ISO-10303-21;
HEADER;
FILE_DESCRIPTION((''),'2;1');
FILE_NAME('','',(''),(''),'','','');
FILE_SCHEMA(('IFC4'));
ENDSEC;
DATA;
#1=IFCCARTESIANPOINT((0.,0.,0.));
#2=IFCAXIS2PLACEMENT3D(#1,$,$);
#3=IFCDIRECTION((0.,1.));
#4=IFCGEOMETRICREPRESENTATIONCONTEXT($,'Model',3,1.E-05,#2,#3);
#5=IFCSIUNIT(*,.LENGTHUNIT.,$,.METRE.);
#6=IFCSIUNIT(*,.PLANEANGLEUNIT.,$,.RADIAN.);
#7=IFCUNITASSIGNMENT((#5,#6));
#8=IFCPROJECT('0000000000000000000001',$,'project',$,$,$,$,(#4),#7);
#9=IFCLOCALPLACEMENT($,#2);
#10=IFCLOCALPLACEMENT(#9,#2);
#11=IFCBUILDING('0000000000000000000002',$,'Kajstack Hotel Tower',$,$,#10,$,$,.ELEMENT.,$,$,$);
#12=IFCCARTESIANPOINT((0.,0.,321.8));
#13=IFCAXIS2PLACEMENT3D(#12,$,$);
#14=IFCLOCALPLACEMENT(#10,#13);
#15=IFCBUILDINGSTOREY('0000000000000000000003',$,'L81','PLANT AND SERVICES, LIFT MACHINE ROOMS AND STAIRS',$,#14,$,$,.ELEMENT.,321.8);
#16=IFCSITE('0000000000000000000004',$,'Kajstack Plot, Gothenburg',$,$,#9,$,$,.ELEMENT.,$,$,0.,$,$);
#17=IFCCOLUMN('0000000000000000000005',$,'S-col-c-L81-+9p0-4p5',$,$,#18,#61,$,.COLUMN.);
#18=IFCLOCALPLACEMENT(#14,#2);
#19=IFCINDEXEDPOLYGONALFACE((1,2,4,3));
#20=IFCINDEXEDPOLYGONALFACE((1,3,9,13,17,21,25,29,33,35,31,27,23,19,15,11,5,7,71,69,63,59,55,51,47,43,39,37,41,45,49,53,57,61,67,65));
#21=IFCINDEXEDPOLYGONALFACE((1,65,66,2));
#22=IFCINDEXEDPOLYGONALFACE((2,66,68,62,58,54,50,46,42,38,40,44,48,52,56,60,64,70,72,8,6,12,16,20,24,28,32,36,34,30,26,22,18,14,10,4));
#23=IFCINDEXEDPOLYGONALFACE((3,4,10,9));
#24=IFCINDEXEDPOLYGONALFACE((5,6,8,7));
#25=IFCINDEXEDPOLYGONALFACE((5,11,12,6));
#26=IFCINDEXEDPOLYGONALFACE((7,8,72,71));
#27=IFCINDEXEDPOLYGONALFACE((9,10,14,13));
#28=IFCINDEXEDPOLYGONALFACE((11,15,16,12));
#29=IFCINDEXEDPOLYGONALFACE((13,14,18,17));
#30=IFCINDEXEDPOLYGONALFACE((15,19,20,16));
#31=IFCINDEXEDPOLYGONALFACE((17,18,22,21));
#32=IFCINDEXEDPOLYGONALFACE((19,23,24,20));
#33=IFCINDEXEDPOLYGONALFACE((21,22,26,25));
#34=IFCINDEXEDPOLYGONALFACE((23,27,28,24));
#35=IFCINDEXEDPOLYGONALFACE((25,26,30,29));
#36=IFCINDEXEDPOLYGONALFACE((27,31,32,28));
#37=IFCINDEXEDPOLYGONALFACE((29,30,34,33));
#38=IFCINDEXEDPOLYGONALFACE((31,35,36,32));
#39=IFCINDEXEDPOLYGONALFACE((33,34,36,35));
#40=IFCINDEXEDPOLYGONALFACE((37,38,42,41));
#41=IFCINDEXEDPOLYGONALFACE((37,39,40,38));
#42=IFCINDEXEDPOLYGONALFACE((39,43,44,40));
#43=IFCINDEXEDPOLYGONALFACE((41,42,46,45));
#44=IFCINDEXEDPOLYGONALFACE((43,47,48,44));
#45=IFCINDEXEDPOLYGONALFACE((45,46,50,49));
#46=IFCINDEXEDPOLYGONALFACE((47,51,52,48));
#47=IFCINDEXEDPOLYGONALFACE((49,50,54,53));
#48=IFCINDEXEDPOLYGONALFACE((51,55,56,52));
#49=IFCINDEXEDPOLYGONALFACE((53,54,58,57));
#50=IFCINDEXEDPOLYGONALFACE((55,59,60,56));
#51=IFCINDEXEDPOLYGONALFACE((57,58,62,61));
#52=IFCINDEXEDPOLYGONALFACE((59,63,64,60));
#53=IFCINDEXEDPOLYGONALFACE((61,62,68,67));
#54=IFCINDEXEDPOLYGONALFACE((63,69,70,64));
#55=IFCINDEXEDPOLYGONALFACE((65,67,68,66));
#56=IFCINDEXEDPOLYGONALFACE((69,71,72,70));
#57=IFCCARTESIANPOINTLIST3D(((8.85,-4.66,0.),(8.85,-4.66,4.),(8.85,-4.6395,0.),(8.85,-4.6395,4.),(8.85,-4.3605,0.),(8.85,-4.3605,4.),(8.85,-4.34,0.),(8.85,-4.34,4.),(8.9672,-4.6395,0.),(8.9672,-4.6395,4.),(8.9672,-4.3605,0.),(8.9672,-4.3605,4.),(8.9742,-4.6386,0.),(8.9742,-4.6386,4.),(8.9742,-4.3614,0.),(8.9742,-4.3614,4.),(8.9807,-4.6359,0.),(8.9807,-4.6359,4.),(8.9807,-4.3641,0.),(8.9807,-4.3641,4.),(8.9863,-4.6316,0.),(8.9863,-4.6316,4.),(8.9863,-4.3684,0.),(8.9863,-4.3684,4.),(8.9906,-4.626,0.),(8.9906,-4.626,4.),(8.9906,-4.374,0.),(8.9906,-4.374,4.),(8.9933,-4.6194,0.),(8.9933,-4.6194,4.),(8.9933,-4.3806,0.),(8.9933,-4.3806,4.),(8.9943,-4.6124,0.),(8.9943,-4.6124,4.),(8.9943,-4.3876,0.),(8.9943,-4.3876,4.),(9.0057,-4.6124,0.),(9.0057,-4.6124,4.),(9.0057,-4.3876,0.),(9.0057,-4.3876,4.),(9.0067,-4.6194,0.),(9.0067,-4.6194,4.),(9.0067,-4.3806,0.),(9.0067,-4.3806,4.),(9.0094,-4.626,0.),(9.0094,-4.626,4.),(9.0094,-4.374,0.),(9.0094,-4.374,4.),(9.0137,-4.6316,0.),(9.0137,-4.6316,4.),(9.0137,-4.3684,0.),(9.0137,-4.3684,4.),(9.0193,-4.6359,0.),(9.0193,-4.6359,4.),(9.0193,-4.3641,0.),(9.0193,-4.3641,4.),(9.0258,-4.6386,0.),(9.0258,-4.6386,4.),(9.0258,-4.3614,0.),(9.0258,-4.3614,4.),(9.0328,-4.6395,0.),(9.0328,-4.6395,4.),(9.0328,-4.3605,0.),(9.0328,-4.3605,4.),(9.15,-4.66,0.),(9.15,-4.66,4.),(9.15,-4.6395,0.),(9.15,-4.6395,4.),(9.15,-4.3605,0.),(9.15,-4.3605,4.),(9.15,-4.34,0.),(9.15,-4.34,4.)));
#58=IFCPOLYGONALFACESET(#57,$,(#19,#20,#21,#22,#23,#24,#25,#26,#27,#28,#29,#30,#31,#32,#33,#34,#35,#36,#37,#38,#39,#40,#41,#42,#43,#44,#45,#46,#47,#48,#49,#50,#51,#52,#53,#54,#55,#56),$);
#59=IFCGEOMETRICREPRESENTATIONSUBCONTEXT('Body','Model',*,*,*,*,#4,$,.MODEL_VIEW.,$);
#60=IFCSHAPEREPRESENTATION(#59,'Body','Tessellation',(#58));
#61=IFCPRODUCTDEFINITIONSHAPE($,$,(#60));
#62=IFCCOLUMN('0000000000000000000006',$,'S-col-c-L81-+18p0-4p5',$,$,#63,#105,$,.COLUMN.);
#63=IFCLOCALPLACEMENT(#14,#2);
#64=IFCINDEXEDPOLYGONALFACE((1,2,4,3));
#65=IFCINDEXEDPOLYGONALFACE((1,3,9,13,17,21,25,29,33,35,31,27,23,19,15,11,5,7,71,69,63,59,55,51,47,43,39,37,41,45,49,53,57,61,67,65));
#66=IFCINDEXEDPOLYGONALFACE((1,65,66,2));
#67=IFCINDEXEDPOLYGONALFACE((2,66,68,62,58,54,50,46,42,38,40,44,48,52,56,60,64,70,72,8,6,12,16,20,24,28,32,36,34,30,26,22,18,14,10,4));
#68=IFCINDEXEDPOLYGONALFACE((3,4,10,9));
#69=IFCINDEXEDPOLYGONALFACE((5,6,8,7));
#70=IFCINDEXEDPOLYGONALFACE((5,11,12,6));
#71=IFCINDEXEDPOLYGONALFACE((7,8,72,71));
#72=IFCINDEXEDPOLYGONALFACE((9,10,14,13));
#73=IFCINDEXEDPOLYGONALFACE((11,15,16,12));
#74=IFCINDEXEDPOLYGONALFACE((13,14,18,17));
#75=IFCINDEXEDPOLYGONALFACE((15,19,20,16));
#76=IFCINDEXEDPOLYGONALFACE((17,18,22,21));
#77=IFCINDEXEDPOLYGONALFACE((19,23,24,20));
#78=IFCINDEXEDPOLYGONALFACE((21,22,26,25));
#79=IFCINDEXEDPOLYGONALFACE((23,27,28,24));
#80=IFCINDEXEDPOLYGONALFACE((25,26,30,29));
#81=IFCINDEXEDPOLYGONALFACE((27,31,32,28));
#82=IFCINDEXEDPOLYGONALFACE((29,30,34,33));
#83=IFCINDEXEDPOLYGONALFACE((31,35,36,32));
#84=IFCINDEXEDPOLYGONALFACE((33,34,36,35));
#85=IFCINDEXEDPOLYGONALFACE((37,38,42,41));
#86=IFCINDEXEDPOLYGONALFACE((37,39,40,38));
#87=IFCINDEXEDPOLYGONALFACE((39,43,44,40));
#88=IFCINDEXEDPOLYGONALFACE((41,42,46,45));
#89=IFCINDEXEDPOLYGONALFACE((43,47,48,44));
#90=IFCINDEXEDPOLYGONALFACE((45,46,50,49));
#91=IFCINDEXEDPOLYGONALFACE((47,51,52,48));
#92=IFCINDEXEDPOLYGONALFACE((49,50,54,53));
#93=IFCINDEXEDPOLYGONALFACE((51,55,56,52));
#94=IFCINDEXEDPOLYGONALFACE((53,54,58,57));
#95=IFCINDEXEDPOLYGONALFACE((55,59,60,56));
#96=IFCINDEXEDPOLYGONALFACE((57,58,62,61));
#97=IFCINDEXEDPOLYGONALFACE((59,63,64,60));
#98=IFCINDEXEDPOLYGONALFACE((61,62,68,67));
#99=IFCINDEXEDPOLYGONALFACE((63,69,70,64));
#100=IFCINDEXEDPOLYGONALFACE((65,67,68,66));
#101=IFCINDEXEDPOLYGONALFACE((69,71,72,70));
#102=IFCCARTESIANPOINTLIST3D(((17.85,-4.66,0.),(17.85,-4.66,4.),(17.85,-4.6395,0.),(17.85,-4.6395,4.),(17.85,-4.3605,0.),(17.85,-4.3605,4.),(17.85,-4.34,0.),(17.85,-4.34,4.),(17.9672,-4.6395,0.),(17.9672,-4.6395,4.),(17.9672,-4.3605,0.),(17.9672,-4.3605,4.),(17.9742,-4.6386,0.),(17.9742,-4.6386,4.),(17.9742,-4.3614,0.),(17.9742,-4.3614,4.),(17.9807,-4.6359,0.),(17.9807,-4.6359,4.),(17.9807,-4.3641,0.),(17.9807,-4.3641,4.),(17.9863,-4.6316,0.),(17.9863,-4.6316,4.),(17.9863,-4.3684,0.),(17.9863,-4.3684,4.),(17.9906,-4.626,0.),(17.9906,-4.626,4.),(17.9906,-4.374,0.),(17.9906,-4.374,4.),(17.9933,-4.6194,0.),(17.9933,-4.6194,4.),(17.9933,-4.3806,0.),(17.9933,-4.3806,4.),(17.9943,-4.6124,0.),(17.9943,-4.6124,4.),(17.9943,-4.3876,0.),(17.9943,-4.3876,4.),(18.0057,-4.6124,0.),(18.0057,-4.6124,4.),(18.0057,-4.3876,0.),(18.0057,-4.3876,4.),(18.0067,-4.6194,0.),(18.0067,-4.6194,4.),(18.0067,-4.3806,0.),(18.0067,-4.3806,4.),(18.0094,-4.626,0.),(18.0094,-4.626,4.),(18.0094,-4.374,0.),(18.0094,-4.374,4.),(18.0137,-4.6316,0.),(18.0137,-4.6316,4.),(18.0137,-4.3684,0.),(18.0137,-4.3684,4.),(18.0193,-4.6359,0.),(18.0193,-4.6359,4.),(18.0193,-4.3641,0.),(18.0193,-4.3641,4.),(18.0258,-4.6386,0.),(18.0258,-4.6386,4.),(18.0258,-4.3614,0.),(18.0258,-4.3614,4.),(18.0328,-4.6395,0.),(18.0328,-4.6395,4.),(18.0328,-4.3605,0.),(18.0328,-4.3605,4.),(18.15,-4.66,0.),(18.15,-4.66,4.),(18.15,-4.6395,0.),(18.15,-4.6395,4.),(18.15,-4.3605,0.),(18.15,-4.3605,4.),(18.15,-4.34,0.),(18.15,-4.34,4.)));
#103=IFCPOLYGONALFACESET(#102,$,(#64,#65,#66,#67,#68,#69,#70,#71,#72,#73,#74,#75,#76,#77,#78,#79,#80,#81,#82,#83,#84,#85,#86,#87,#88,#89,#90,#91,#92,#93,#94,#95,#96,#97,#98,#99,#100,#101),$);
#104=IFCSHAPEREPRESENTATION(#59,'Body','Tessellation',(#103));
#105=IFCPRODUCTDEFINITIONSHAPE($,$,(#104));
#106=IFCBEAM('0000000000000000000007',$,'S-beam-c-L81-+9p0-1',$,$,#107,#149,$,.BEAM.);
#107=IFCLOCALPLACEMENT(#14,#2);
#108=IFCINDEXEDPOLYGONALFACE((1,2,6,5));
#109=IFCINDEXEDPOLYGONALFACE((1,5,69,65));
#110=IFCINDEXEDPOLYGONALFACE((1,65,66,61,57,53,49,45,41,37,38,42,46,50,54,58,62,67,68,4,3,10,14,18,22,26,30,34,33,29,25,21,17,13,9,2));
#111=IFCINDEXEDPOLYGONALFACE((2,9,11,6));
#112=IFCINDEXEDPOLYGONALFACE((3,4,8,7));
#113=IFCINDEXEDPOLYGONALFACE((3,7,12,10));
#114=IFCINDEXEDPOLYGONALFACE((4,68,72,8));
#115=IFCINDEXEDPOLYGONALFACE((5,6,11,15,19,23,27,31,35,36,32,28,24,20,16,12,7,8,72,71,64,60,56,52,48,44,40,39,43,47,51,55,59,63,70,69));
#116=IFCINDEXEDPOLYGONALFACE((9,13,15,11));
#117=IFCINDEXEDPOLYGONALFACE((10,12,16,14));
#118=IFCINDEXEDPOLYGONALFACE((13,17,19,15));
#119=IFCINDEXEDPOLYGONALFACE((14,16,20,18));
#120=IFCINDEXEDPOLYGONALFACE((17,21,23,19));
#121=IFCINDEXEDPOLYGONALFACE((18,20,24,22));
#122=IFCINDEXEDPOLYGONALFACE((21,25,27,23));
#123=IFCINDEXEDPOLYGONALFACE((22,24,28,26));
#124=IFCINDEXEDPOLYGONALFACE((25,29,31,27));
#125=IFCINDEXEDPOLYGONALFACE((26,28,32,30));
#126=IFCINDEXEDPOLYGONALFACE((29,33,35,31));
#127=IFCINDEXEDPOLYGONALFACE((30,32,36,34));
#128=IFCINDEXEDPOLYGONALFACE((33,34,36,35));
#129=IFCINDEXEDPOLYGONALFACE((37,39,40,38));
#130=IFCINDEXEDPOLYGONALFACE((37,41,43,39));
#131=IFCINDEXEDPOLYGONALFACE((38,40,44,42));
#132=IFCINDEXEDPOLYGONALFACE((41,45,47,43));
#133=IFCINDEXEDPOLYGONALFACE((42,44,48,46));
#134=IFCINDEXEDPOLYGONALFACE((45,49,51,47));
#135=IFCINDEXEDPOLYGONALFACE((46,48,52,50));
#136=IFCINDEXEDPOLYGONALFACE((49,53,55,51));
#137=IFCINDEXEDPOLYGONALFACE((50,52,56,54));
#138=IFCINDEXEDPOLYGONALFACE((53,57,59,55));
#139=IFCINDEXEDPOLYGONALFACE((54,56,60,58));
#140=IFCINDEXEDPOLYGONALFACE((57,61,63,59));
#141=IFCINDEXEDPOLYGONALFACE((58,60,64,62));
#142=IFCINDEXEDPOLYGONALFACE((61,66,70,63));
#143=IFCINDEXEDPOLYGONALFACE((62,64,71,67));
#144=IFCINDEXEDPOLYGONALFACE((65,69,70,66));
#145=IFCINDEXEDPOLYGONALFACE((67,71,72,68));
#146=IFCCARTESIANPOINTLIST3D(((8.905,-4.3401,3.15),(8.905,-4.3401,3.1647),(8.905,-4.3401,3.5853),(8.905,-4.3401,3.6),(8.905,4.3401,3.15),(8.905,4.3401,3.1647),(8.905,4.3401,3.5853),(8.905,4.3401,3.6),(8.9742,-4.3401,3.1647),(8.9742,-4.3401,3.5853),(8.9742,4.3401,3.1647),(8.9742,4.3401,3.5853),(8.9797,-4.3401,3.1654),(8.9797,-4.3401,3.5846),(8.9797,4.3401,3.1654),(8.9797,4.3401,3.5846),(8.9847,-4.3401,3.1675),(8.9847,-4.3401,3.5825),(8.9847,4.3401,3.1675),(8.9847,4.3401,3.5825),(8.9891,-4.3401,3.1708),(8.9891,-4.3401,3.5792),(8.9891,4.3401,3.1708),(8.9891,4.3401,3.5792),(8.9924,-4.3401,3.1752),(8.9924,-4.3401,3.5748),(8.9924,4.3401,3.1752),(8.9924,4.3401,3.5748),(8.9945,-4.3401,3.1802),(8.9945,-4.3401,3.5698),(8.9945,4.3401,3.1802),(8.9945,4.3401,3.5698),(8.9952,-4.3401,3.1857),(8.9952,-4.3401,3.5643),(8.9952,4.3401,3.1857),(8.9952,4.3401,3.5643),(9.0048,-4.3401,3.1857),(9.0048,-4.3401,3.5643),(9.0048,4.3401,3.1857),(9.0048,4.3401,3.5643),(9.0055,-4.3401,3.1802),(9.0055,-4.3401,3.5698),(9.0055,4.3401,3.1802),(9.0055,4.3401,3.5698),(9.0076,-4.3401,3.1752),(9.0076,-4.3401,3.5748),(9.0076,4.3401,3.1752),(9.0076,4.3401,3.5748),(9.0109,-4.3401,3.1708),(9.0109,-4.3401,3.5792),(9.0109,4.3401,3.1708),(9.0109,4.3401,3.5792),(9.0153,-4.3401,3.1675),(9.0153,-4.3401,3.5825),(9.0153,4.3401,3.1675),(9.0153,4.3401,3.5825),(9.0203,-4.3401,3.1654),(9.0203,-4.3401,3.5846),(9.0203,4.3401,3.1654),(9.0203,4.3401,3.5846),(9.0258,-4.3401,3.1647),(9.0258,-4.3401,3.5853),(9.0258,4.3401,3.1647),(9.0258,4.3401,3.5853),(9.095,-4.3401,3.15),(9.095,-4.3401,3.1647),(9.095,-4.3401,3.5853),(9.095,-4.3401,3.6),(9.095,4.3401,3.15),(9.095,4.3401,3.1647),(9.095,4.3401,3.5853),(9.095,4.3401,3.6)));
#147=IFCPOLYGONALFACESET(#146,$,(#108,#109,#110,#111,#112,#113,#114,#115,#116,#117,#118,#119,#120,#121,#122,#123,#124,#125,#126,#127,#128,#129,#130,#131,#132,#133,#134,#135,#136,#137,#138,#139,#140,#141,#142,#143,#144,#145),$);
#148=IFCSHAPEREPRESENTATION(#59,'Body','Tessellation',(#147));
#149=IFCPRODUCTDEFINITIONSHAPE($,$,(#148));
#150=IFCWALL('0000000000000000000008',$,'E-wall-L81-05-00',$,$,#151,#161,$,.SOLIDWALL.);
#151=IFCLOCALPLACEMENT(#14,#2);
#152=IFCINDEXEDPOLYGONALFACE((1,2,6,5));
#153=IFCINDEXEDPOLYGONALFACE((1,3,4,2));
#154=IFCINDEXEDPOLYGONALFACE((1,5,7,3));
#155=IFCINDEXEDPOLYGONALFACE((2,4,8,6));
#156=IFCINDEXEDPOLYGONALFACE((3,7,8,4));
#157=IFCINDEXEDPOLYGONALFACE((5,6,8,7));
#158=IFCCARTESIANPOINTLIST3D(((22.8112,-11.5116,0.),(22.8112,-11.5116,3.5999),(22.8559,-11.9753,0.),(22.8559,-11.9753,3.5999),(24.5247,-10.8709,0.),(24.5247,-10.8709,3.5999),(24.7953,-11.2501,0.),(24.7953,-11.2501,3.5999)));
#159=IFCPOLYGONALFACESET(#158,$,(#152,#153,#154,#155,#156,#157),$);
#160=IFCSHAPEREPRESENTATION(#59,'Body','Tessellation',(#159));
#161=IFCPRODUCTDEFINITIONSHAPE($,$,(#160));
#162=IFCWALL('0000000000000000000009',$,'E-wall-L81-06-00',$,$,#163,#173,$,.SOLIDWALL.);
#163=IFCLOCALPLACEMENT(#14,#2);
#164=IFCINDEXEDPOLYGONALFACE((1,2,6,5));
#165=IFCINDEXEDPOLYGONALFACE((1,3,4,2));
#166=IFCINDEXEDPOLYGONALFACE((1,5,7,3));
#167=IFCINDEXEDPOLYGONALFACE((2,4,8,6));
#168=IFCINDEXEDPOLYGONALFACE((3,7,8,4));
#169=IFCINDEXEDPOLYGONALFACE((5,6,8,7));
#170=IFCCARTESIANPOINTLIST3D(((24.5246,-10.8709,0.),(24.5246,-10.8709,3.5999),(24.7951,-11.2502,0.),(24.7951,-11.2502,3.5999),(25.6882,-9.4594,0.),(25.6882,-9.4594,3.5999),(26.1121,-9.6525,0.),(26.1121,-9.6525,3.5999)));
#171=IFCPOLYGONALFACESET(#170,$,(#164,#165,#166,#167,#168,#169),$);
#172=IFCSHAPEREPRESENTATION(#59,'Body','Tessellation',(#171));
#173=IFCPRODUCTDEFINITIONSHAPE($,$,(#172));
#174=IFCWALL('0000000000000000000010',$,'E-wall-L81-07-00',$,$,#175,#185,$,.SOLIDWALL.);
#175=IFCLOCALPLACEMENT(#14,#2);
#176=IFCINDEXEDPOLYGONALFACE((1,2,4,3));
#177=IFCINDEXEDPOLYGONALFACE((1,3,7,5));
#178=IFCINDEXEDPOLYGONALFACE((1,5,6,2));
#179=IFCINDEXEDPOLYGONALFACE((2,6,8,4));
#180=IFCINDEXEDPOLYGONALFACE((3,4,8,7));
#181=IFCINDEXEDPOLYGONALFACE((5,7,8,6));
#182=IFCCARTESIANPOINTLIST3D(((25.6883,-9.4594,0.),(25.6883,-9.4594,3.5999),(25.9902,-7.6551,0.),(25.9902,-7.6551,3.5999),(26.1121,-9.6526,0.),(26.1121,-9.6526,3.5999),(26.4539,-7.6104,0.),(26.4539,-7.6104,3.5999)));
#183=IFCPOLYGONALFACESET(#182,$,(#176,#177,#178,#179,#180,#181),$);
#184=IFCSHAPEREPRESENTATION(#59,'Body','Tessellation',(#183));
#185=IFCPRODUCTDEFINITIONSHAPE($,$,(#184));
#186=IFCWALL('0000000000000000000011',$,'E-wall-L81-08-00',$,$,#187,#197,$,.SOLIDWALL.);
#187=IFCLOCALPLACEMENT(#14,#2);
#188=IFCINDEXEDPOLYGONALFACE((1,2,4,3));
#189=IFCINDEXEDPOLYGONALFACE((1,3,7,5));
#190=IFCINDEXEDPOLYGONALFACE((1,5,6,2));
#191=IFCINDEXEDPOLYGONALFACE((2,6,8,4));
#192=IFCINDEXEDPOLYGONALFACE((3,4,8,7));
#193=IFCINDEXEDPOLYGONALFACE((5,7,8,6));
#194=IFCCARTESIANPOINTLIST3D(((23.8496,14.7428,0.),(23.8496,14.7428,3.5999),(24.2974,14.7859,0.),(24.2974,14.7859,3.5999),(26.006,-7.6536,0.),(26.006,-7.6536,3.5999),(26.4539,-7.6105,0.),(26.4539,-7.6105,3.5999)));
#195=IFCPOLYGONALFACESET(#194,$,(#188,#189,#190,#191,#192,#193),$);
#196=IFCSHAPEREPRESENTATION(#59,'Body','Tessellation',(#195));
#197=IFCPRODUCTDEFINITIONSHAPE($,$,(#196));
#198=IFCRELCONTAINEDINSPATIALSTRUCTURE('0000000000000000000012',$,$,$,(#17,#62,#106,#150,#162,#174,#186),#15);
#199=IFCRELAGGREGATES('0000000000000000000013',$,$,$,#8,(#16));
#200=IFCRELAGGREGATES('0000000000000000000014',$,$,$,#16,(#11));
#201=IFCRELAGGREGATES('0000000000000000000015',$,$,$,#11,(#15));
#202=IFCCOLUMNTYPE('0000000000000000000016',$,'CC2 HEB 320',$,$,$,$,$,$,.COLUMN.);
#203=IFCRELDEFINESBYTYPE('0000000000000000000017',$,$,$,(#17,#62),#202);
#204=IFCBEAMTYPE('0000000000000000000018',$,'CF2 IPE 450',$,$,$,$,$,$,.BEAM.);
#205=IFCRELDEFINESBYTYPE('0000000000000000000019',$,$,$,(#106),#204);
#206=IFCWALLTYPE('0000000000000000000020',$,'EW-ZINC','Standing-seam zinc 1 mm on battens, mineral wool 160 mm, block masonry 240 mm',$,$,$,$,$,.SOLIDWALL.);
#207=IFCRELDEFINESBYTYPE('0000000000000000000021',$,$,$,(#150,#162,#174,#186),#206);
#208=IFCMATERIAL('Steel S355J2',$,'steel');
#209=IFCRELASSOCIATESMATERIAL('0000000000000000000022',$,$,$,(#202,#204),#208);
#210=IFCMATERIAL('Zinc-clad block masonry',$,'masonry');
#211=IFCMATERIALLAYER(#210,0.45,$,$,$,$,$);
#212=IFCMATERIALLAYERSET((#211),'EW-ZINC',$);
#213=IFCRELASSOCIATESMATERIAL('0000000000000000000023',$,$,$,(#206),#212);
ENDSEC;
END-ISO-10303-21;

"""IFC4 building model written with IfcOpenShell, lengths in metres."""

from ifc_helpers import new_model, si_unit, direction, frame, frame_2d, origin, origin_2d, place, context, subcontext, project, spatial, polyline, rectangle, i_section, outline, extrude, material, layer, layer_set, material_profile, profile_set, type_object, element, save


model = new_model("IFC4")

# Units and contexts
model_context = context("Model", 3, precision=1e-05, world=origin(), true_north=direction((0.0, 1.0)))
body_context = subcontext(model_context, "Body", "Model", "MODEL_VIEW")
ifc_project = project(units=[si_unit("LENGTHUNIT", "METRE"), si_unit("PLANEANGLEUNIT", "RADIAN")], contexts=[model_context])

# Site, building, storey
site_placement = place(None, origin())
site = spatial("IfcSite", under=ifc_project, at=site_placement, Name="Kajstack Plot, Gothenburg", CompositionType="ELEMENT", RefElevation=0.0)
building_placement = place(site_placement, origin())
building = spatial("IfcBuilding", under=site, at=building_placement, Name="Kajstack Hotel Tower", CompositionType="ELEMENT")
storey_placement = place(building_placement, frame((0.0, 0.0, 321.8)))
storey = spatial("IfcBuildingStorey", under=building, at=storey_placement, Name="L81", Description="PLANT AND SERVICES, LIFT MACHINE ROOMS AND STAIRS", CompositionType="ELEMENT", Elevation=321.8)

# Columns
ifc_material_1 = material(Name="Steel S355J2", Category="steel")
ifc_material_profile_1 = material_profile(ifc_material_1, i_section(OverallWidth=0.3, OverallDepth=0.3201, WebThickness=0.0115, FlangeThickness=0.0205, FilletRadius=0.0271, at=origin_2d()), Name="HEB 320")
ifc_profile_set_1 = profile_set([ifc_material_profile_1], Name="Steel S355J2")
column_type = type_object("IfcColumnType", Name="CC2 HEB 320", PredefinedType="COLUMN", material=ifc_profile_set_1)
for number, where, z_axis, x_axis, name in (
    (1, (9.0, -4.5, 0.0), (0.0, 0.0, 1.0), (1.0, 0.0, 0.0), "S-col-c-L81-+9p0-4p5"),
    (2, (18.0, -4.5, 0.0), (0.0, 0.0, 1.0), (1.0, 0.0, 0.0), "S-col-c-L81-+18p0-4p5"),
):
    element("IfcColumn", number, at=place(storey_placement, frame(where, z_axis=z_axis, x_axis=x_axis)), inside=storey, type_object=column_type, Name=name, PredefinedType="COLUMN", context=body_context, shape_type="SweptSolid", body=[
        extrude(i_section(OverallWidth=0.3, OverallDepth=0.3201, WebThickness=0.0115, FlangeThickness=0.0205, FilletRadius=0.0271, at=origin_2d()), origin(), (0.0, 0.0, 1.0), 4.0),
    ])

# Beam
ifc_material_profile_2 = material_profile(ifc_material_1, i_section(OverallWidth=0.1899, OverallDepth=0.45, WebThickness=0.0095, FlangeThickness=0.0146, FilletRadius=0.021, at=origin_2d()), Name="IPE 450")
ifc_profile_set_2 = profile_set([ifc_material_profile_2], Name="Steel S355J2")
beam_type = type_object("IfcBeamType", Name="CF2 IPE 450", PredefinedType="BEAM", material=ifc_profile_set_2)
beam_placement = place(storey_placement, frame((9.0, -4.3401, 3.375), z_axis=(0.0, 1.0, 0.0), x_axis=(-1.0, 0.0, 0.0)))
element("IfcBeam", 3, at=beam_placement, inside=storey, type_object=beam_type, Name="S-beam-c-L81-+9p0-1", PredefinedType="BEAM", context=body_context, shape_type="SweptSolid", body=[
    extrude(i_section(OverallWidth=0.1899, OverallDepth=0.45, WebThickness=0.0095, FlangeThickness=0.0146, FilletRadius=0.021, at=origin_2d()), origin(), (0.0, 0.0, 1.0), 8.6802),
])

# Walls
ifc_material_2 = material(Name="Zinc-clad block masonry", Category="masonry")
ifc_layer_1 = layer(ifc_material_2, 0.45)
ifc_layer_set_1 = layer_set([ifc_layer_1], Name="EW-ZINC")
wall_type_1 = type_object("IfcWallType", Name="EW-ZINC", Description="Standing-seam zinc 1 mm on battens, mineral wool 160 mm, block masonry 240 mm", PredefinedType="SOLIDWALL", material=ifc_layer_set_1)
wall_1_placement = place(storey_placement, frame((22.7771, -11.7646, 0.0), z_axis=(0.0, 0.0, 1.0), x_axis=(0.936663, 0.350232, 0.0)))
element("IfcWall", 4, at=wall_1_placement, inside=storey, type_object=wall_type_1, Name="E-wall-L81-05-00", PredefinedType="SOLIDWALL", context=body_context, shape_type="SweptSolid", body=[
    extrude(outline(polyline([(0.0, -0.2249), (2.0706, -0.2249), (1.95, 0.2251), (0.1206, 0.2251), (0.0, -0.2249)])), origin(), (0.0, 0.0, 1.0), 3.5999),
])
wall_2_placement = place(storey_placement, frame((24.6216, -11.1072, 0.0), z_axis=(0.0, 0.0, 1.0), x_axis=(0.635988, 0.771699, 0.0)))
element("IfcWall", 5, at=wall_2_placement, inside=storey, type_object=wall_type_1, Name="E-wall-L81-06-00", PredefinedType="SOLIDWALL", context=body_context, shape_type="SweptSolid", body=[
    extrude(outline(polyline([(0.0, -0.2249), (2.0706, -0.2251), (1.95, 0.2249), (0.1206, 0.2251), (0.0, -0.2249)])), origin(), (0.0, 0.0, 1.0), 3.5999),
])
wall_3_placement = place(storey_placement, frame((25.8904, -9.6155, 0.0), z_axis=(0.0, 0.0, 1.0), x_axis=(0.165068, 0.986282, 0.0)))
element("IfcWall", 6, at=wall_3_placement, inside=storey, type_object=wall_type_1, Name="E-wall-L81-07-00", PredefinedType="SOLIDWALL", context=body_context, shape_type="SweptSolid", body=[
    extrude(outline(polyline([(0.0, -0.2249), (2.0706, -0.2249), (1.95, 0.2251), (0.1206, 0.2251), (0.0, -0.2249)])), origin(), (0.0, 0.0, 1.0), 3.5999),
])
wall_4_placement = place(storey_placement, frame((26.23, -7.6321, 0.0), z_axis=(0.0, 0.0, 1.0), x_axis=(-0.095844, 0.995396, 0.0)))
element("IfcWall", 7, at=wall_4_placement, inside=storey, type_object=wall_type_1, Name="E-wall-L81-08-00", PredefinedType="SOLIDWALL", context=body_context, shape_type="SweptSolid", body=[
    extrude(rectangle(XDim=22.5, YDim=0.45, at=frame_2d((11.25, 0.0))), origin(), (0.0, 0.0, 1.0), 3.5999),
])

save(model, "model.ifc")
